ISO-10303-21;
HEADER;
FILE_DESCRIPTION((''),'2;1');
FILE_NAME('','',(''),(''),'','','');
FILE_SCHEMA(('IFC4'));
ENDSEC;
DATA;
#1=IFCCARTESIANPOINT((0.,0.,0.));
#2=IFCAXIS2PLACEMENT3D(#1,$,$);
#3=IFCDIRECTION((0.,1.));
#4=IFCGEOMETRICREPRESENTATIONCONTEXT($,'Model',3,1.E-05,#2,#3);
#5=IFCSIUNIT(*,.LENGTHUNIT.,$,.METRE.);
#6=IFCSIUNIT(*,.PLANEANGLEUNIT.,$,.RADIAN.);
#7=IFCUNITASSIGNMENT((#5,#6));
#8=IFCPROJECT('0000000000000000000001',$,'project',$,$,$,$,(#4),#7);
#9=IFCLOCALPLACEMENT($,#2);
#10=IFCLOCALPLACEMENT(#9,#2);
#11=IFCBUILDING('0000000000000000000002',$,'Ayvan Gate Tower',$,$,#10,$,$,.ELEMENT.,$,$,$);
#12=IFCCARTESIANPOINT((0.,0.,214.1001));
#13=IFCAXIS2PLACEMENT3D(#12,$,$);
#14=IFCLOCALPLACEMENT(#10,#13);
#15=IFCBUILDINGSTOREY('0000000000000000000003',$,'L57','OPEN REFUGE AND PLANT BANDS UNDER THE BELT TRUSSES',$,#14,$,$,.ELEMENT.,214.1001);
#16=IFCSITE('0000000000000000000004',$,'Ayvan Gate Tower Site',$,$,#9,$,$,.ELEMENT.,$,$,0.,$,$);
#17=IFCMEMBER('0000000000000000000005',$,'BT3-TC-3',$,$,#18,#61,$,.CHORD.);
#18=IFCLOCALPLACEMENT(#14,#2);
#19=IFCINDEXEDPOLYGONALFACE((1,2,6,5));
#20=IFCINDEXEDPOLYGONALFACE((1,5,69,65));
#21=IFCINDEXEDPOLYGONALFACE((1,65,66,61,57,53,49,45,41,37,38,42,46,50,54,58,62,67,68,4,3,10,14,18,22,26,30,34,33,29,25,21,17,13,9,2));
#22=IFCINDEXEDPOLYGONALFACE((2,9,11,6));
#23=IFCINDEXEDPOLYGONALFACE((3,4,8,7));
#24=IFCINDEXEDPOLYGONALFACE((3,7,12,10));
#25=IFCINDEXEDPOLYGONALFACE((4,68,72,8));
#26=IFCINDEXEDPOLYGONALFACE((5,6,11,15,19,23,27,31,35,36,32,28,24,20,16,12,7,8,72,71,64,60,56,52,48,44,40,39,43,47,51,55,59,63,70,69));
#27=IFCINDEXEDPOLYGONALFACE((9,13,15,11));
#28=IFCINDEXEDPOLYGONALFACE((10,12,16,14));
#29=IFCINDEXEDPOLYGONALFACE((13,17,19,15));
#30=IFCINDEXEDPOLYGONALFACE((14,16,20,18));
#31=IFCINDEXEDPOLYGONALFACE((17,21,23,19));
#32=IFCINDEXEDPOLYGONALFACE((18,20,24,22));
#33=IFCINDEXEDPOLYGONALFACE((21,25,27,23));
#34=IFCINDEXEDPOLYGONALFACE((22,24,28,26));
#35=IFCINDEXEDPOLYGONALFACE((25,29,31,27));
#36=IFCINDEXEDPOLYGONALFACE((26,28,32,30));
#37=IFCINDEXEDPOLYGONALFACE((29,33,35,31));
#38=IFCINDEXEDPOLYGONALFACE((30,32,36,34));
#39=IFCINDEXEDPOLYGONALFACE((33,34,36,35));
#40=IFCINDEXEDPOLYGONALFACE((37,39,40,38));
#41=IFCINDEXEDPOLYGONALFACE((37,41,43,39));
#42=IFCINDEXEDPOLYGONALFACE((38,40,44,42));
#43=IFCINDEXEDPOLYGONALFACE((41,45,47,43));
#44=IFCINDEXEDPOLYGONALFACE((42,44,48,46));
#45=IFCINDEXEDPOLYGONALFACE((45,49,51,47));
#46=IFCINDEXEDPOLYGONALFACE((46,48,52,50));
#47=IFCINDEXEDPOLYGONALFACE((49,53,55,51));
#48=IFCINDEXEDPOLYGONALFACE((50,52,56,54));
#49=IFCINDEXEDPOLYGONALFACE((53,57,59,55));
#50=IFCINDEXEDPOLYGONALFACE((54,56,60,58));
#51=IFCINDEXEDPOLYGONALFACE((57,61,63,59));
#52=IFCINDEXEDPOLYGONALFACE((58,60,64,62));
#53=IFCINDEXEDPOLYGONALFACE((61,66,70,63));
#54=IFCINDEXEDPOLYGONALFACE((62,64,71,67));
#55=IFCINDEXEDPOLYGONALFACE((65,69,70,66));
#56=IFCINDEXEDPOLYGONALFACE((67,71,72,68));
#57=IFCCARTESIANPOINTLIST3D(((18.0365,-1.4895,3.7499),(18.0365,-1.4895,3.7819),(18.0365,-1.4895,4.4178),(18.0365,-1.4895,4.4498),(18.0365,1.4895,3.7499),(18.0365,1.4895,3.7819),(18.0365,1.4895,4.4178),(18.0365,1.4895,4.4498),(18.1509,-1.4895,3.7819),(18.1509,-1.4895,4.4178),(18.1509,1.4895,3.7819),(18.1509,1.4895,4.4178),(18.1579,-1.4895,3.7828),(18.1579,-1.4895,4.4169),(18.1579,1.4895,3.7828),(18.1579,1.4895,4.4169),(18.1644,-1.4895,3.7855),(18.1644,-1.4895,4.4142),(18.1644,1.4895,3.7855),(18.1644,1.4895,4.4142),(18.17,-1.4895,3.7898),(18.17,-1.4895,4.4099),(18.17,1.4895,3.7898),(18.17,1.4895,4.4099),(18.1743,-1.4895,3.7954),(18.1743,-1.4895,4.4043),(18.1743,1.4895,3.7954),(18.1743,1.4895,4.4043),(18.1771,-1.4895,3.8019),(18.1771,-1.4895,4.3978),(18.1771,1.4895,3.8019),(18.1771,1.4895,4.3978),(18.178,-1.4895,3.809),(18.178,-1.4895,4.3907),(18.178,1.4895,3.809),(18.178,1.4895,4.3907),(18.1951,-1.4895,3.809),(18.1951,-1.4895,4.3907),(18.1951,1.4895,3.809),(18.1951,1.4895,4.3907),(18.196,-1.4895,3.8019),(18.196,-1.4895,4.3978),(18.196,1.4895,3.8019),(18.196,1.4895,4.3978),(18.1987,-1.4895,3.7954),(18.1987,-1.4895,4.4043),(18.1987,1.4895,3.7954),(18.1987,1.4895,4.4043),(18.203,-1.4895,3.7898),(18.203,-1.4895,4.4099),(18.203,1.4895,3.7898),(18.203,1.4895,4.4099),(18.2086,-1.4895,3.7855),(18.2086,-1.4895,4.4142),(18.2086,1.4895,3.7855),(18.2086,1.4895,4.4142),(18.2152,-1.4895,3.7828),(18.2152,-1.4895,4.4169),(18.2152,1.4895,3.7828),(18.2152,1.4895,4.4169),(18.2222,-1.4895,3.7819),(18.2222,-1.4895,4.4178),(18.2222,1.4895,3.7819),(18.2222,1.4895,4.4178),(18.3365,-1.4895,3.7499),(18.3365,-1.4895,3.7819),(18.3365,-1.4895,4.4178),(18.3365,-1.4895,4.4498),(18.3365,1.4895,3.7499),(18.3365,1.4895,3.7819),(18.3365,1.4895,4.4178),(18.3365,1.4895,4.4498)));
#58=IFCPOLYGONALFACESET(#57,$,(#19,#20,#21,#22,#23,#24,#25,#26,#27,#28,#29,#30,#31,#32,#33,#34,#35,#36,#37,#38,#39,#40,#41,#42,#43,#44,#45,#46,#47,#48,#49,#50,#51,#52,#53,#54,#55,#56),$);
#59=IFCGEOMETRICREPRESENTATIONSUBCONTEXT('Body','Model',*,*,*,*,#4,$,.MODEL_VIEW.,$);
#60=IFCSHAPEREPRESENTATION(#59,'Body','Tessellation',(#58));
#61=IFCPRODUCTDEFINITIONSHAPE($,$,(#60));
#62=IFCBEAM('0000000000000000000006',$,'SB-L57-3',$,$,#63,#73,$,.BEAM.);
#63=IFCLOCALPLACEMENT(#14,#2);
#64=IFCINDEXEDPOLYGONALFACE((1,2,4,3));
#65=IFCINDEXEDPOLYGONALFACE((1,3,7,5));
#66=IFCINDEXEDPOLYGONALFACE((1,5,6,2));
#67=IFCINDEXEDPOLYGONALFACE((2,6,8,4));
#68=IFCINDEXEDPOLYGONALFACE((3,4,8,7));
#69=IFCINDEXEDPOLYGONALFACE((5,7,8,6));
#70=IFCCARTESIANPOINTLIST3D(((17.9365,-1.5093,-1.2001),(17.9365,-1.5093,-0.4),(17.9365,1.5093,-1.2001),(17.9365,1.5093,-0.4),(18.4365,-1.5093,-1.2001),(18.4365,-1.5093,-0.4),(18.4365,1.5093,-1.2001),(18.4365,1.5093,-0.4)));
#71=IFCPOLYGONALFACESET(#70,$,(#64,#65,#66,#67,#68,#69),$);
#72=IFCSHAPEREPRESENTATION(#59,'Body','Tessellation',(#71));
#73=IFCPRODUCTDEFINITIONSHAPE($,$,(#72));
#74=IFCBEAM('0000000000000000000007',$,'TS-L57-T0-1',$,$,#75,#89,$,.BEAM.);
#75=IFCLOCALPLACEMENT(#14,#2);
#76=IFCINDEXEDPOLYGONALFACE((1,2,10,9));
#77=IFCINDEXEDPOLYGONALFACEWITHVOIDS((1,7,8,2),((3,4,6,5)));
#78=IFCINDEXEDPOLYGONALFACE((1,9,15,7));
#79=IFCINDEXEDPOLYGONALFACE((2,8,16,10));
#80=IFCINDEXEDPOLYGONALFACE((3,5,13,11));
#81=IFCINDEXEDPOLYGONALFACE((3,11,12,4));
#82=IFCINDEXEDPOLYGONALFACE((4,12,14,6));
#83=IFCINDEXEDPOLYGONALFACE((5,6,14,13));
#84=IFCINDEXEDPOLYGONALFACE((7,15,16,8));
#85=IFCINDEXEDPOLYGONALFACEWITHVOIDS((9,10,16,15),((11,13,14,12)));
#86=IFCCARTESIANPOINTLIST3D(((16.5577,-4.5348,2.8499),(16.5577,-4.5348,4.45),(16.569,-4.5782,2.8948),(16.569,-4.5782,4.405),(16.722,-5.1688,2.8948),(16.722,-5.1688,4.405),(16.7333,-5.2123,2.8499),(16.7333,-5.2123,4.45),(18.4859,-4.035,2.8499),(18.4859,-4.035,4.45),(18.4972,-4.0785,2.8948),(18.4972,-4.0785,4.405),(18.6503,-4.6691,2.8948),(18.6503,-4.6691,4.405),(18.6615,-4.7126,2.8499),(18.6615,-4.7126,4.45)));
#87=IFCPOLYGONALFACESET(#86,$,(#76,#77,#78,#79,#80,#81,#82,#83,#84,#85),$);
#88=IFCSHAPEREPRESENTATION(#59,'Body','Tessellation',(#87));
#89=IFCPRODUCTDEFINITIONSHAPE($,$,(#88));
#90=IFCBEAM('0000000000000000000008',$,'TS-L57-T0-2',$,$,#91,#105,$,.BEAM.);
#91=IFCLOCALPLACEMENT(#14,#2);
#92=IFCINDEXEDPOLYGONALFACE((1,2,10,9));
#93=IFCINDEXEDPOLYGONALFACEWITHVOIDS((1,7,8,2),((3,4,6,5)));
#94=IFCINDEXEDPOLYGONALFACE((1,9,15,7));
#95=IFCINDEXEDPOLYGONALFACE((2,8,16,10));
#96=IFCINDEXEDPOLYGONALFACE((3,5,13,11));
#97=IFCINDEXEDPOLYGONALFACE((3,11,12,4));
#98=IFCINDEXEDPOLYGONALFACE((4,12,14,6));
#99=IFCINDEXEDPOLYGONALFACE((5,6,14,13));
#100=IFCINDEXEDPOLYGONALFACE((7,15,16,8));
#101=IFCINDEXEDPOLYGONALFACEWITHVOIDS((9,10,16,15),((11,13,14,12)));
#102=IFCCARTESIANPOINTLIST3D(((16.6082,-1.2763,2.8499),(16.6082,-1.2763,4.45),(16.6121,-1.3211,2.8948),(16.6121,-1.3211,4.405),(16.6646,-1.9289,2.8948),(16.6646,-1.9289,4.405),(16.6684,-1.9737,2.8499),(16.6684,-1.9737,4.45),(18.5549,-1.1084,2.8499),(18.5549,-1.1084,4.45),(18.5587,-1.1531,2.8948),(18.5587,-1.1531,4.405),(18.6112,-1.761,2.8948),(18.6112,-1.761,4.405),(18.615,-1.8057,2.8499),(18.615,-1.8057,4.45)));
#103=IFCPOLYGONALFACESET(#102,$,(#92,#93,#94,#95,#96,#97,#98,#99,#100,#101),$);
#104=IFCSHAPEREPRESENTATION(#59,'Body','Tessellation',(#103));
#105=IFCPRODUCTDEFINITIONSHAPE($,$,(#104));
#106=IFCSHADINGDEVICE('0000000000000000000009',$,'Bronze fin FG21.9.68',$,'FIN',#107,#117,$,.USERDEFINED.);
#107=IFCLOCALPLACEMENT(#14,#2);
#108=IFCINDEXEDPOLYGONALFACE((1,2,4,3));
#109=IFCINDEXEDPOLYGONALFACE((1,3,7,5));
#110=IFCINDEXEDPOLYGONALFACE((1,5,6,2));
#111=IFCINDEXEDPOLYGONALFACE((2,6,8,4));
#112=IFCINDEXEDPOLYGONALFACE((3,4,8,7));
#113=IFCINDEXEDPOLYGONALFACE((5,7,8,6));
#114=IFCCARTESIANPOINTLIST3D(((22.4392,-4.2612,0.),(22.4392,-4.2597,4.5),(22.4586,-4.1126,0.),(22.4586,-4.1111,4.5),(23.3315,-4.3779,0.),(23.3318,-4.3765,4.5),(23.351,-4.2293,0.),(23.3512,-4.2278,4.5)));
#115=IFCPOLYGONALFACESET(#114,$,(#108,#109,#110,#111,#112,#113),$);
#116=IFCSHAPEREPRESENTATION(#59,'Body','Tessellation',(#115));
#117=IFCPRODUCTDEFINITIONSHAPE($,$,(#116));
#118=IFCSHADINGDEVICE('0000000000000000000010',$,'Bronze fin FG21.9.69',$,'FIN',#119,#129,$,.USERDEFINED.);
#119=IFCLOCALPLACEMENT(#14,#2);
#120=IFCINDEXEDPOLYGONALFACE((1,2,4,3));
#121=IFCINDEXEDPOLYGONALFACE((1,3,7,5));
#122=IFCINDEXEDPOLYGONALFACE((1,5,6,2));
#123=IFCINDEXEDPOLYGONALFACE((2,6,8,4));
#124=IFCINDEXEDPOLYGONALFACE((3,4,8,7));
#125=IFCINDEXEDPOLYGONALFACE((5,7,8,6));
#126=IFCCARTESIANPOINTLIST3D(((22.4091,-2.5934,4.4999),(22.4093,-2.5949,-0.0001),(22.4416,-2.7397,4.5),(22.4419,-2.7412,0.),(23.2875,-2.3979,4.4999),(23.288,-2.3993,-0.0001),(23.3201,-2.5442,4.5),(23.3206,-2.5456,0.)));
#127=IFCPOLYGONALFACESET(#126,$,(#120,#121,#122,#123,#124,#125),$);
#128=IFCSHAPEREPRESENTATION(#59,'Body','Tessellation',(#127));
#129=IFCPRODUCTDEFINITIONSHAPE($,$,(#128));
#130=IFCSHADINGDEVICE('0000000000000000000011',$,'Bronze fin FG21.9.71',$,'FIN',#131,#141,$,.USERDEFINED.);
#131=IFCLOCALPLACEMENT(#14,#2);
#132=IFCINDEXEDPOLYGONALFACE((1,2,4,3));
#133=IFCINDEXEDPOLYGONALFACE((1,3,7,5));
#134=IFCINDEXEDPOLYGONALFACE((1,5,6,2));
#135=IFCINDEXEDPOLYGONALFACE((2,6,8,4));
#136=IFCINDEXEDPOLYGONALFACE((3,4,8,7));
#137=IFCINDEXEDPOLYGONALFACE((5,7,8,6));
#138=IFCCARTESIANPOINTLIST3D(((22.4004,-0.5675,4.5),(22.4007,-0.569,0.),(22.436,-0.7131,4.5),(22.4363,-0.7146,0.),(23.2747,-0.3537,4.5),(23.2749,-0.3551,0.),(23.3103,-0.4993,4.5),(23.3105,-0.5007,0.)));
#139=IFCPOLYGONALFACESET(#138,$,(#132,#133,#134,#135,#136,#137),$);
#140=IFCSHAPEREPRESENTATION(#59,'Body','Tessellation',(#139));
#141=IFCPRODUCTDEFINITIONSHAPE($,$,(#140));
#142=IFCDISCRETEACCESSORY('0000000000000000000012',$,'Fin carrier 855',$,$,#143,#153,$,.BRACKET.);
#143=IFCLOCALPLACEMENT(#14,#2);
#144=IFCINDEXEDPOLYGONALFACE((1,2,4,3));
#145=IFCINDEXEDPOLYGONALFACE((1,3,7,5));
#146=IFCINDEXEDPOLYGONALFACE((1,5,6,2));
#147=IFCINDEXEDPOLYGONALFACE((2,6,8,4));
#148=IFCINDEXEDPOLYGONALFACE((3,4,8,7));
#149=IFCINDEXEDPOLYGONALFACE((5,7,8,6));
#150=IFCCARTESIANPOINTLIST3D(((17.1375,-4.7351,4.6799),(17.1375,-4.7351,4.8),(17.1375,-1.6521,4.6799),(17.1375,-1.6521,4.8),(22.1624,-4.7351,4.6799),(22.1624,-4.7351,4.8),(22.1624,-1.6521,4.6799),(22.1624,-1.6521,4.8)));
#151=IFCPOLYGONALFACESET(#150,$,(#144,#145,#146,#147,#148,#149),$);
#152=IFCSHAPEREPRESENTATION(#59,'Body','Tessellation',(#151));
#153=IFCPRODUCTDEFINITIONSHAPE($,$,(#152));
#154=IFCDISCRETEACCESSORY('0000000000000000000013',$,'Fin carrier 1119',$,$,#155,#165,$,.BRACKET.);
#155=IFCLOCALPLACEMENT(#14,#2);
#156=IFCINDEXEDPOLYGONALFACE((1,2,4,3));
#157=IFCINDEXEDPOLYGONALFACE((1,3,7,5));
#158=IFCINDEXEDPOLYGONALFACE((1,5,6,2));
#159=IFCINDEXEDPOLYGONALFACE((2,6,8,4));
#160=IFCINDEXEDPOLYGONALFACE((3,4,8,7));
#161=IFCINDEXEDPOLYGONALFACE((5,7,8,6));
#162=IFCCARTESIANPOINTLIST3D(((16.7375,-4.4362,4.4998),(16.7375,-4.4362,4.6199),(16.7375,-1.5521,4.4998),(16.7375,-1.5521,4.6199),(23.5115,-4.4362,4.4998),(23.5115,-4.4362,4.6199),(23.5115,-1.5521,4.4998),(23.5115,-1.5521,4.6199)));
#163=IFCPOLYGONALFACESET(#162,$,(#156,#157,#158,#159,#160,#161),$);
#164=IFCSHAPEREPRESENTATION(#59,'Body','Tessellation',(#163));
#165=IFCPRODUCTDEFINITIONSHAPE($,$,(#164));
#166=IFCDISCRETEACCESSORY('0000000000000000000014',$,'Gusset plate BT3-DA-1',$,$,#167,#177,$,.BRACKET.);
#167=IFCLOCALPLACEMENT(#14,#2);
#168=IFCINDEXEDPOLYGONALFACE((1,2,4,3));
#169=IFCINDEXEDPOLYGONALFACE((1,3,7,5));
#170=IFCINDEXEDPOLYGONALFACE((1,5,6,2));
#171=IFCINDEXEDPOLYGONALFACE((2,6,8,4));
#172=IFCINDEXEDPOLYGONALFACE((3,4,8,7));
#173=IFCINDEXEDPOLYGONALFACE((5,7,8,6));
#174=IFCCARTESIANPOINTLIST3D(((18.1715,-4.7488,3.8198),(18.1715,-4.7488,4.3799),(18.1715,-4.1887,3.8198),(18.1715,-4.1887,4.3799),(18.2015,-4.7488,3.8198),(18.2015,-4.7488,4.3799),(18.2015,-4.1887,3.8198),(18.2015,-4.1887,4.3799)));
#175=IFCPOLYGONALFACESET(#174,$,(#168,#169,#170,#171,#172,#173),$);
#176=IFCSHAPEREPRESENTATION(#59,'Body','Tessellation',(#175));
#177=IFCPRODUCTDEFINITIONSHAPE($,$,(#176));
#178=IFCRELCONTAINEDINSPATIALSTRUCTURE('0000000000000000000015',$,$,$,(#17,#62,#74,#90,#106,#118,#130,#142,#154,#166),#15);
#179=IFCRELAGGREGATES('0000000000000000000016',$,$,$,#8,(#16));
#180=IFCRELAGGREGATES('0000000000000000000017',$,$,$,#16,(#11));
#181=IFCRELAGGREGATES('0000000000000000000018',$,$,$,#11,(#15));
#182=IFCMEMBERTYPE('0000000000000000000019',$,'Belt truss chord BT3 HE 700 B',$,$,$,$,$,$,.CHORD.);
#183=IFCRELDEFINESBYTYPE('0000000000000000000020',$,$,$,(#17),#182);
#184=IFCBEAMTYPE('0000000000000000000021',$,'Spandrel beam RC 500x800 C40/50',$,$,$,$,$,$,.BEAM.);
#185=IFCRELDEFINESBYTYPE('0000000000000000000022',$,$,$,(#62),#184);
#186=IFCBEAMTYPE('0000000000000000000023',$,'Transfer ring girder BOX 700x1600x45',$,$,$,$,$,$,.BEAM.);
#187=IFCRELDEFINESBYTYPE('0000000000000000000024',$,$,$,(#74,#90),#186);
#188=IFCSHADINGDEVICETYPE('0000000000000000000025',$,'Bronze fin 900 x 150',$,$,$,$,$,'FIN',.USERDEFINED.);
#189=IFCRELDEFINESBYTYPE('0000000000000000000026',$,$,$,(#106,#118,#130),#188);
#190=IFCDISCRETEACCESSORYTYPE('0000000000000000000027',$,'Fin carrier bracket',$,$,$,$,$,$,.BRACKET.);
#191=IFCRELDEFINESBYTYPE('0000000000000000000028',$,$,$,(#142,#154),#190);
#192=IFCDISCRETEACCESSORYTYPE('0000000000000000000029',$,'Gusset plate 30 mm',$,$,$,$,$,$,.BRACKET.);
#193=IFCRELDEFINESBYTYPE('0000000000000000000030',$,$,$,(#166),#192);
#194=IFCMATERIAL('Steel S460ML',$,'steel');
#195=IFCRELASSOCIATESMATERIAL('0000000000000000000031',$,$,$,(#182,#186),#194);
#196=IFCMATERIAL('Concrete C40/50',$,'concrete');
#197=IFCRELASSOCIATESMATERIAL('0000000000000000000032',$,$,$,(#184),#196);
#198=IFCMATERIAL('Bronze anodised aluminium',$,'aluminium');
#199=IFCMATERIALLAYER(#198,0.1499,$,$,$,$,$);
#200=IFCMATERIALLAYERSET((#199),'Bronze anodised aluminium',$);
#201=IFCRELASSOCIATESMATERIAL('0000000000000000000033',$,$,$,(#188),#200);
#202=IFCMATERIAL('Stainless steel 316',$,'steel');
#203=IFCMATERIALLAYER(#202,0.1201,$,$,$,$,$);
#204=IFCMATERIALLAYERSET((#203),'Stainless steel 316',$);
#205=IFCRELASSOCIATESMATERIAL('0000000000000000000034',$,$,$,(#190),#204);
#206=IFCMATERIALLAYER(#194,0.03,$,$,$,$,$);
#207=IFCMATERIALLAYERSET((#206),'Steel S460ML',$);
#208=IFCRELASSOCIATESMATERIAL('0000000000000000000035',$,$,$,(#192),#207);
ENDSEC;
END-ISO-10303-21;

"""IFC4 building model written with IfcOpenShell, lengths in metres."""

from ifc_helpers import new_model, si_unit, direction, frame, origin, origin_2d, place, context, subcontext, project, spatial, polyline, rectangle, hollow_rectangle, i_section, outline, extrude, material, layer, layer_set, material_profile, profile_set, type_object, element, save


model = new_model("IFC4")

# Units and contexts
model_context = context("Model", 3, precision=1e-05, world=origin(), true_north=direction((0.0, 1.0)))
body_context = subcontext(model_context, "Body", "Model", "MODEL_VIEW")
ifc_project = project(units=[si_unit("LENGTHUNIT", "METRE"), si_unit("PLANEANGLEUNIT", "RADIAN")], contexts=[model_context])

# Site, building, storey
site_placement = place(None, origin())
site = spatial("IfcSite", under=ifc_project, at=site_placement, Name="Ayvan Gate Tower Site", CompositionType="ELEMENT", RefElevation=0.0)
building_placement = place(site_placement, origin())
building = spatial("IfcBuilding", under=site, at=building_placement, Name="Ayvan Gate Tower", CompositionType="ELEMENT")
storey_placement = place(building_placement, frame((0.0, 0.0, 214.1001)))
storey = spatial("IfcBuildingStorey", under=building, at=storey_placement, Name="L57", Description="OPEN REFUGE AND PLANT BANDS UNDER THE BELT TRUSSES", CompositionType="ELEMENT", Elevation=214.1001)

# Member
ifc_material_1 = material(Name="Steel S460ML", Category="steel")
ifc_material_profile_1 = material_profile(ifc_material_1, i_section(OverallWidth=0.3, OverallDepth=0.7, WebThickness=0.0171, FlangeThickness=0.032, FilletRadius=0.0271, at=origin_2d()), Name="HE 700 B")
ifc_profile_set_1 = profile_set([ifc_material_profile_1], Name="Steel S460ML")
member_type_1 = type_object("IfcMemberType", Name="Belt truss chord BT3 HE 700 B", PredefinedType="CHORD", material=ifc_profile_set_1)
member_1_placement = place(storey_placement, frame((18.1865, -1.4895, 4.0999), z_axis=(0.0, 1.0, 0.0), x_axis=(-1.0, 0.0, 0.0)))
element("IfcMember", 1, at=member_1_placement, inside=storey, type_object=member_type_1, Name="BT3-TC-3", PredefinedType="CHORD", context=body_context, shape_type="SweptSolid", body=[
    extrude(i_section(OverallWidth=0.3, OverallDepth=0.7, WebThickness=0.0171, FlangeThickness=0.032, FilletRadius=0.0271, at=origin_2d()), origin(), (0.0, 0.0, 1.0), 2.979),
])

# Beams
ifc_material_2 = material(Name="Concrete C40/50", Category="concrete")
ifc_material_profile_2 = material_profile(ifc_material_2, rectangle(XDim=0.5, YDim=0.8, at=origin_2d()), Name="RC 500x800")
ifc_profile_set_2 = profile_set([ifc_material_profile_2], Name="Concrete C40/50")
beam_type_1 = type_object("IfcBeamType", Name="Spandrel beam RC 500x800 C40/50", PredefinedType="BEAM", material=ifc_profile_set_2)
beam_1_placement = place(storey_placement, frame((18.1865, -1.5093, -0.8), z_axis=(0.0, 1.0, 0.0), x_axis=(-1.0, 0.0, 0.0)))
element("IfcBeam", 2, at=beam_1_placement, inside=storey, type_object=beam_type_1, Name="SB-L57-3", PredefinedType="BEAM", context=body_context, shape_type="SweptSolid", body=[
    extrude(rectangle(XDim=0.5, YDim=0.8, at=origin_2d()), origin(), (0.0, 0.0, 1.0), 3.0186),
])
ifc_material_profile_3 = material_profile(ifc_material_1, hollow_rectangle(XDim=0.7, YDim=1.6001, WallThickness=0.0449, at=origin_2d()), Name="BOX 700x1600x45")
ifc_profile_set_3 = profile_set([ifc_material_profile_3], Name="Steel S460ML")
beam_type_2 = type_object("IfcBeamType", Name="Transfer ring girder BOX 700x1600x45", PredefinedType="BEAM", material=ifc_profile_set_3)
beam_2_placement = place(storey_placement, frame((18.5737, -4.3738, 3.6499), z_axis=(-0.968016, -0.25089, 0.0), x_axis=(0.25089, -0.968016, 0.0)))
element("IfcBeam", 3, at=beam_2_placement, inside=storey, type_object=beam_type_2, Name="TS-L57-T0-1", PredefinedType="BEAM", context=body_context, shape_type="SweptSolid", body=[
    extrude(hollow_rectangle(XDim=0.7, YDim=1.6001, WallThickness=0.0449, at=origin_2d()), origin(), (0.0, 0.0, 1.0), 1.9919),
])
beam_3_placement = place(storey_placement, frame((18.585, -1.457, 3.6499), z_axis=(-0.996298, -0.085972, 0.0), x_axis=(0.085972, -0.996298, 0.0)))
element("IfcBeam", 4, at=beam_3_placement, inside=storey, type_object=beam_type_2, Name="TS-L57-T0-2", PredefinedType="BEAM", context=body_context, shape_type="SweptSolid", body=[
    extrude(hollow_rectangle(XDim=0.7, YDim=1.6001, WallThickness=0.0449, at=origin_2d()), origin(), (0.0, 0.0, 1.0), 1.9539),
])

# Shading devices
ifc_material_3 = material(Name="Bronze anodised aluminium", Category="aluminium")
ifc_layer_1 = layer(ifc_material_3, 0.1499)
ifc_layer_set_1 = layer_set([ifc_layer_1], Name="Bronze anodised aluminium")
shading_device_type = type_object("IfcShadingDeviceType", Name="Bronze fin 900 x 150", ElementType="FIN", PredefinedType="USERDEFINED", material=ifc_layer_set_1)
shading_device_1_placement = place(storey_placement, frame((22.4392, -4.2612, 0.0), z_axis=(-0.129658, -0.991559, 0.000326), x_axis=(0.991559, -0.129658, 0.0)))
element("IfcShadingDevice", 5, at=shading_device_1_placement, inside=storey, type_object=shading_device_type, Name="Bronze fin FG21.9.68", ObjectType="FIN", PredefinedType="USERDEFINED", context=body_context, shape_type="SweptSolid", body=[
    extrude(outline(polyline([(0.0, 0.0), (0.8999, 0.0), (0.9, 4.5), (-0.0002, 4.5), (0.0, 0.0)])), origin(), (0.0, 0.0, -1.0), 0.1499),
])
shading_device_2_placement = place(storey_placement, frame((22.4419, -2.7412, 0.0), z_axis=(0.217275, -0.97611, 0.000335), x_axis=(0.97611, 0.217275, 0.0)))
element("IfcShadingDevice", 6, at=shading_device_2_placement, inside=storey, type_object=shading_device_type, Name="Bronze fin FG21.9.69", ObjectType="FIN", PredefinedType="USERDEFINED", context=body_context, shape_type="SweptSolid", body=[
    extrude(outline(polyline([(0.0, 0.0), (0.9002, 0.0), (0.9, 4.5), (0.0001, 4.5), (0.0, 0.0)])), origin(), (0.0, 0.0, -1.0), 0.1499),
])
shading_device_3_placement = place(storey_placement, frame((22.4363, -0.7146, 0.0), z_axis=(0.237618, -0.971359, 0.000329), x_axis=(0.971359, 0.237618, 0.0)))
element("IfcShadingDevice", 7, at=shading_device_3_placement, inside=storey, type_object=shading_device_type, Name="Bronze fin FG21.9.71", ObjectType="FIN", PredefinedType="USERDEFINED", context=body_context, shape_type="SweptSolid", body=[
    extrude(outline(polyline([(0.0, 0.0), (0.9, 0.0), (0.9002, 4.5), (0.0001, 4.5), (0.0, 0.0)])), origin(), (0.0, 0.0, -1.0), 0.1499),
])

# Discrete accessories
ifc_material_4 = material(Name="Stainless steel 316", Category="steel")
ifc_layer_2 = layer(ifc_material_4, 0.1201)
ifc_layer_set_2 = layer_set([ifc_layer_2], Name="Stainless steel 316")
discrete_accessory_type_1 = type_object("IfcDiscreteAccessoryType", Name="Fin carrier bracket", PredefinedType="BRACKET", material=ifc_layer_set_2)
discrete_accessory_1_placement = place(storey_placement, frame((19.6499, -3.1936, 4.6799), z_axis=(0.0, 0.0, 1.0), x_axis=(0.0, 1.0, 0.0)))
element("IfcDiscreteAccessory", 8, at=discrete_accessory_1_placement, inside=storey, type_object=discrete_accessory_type_1, Name="Fin carrier 855", PredefinedType="BRACKET", context=body_context, shape_type="SweptSolid", body=[
    extrude(rectangle(XDim=3.083, YDim=5.0249, at=origin_2d()), origin(), (0.0, 0.0, 1.0), 0.1201),
])
discrete_accessory_2_placement = place(storey_placement, frame((20.1245, -2.9941, 4.4998), z_axis=(0.0, 0.0, 1.0), x_axis=(0.0, 1.0, 0.0)))
element("IfcDiscreteAccessory", 9, at=discrete_accessory_2_placement, inside=storey, type_object=discrete_accessory_type_1, Name="Fin carrier 1119", PredefinedType="BRACKET", context=body_context, shape_type="SweptSolid", body=[
    extrude(rectangle(XDim=2.884, YDim=6.7739, at=origin_2d()), origin(), (0.0, 0.0, 1.0), 0.1201),
])
ifc_layer_3 = layer(ifc_material_1, 0.03)
ifc_layer_set_3 = layer_set([ifc_layer_3], Name="Steel S460ML")
discrete_accessory_type_2 = type_object("IfcDiscreteAccessoryType", Name="Gusset plate 30 mm", PredefinedType="BRACKET", material=ifc_layer_set_3)
for number, where, z_axis, x_axis, name in (
    (10, (18.1865, -4.4688, 3.8198), (0.0, 0.0, 1.0), (0.0, 1.0, 0.0), "Gusset plate BT3-DA-1"),
):
    element("IfcDiscreteAccessory", number, at=place(storey_placement, frame(where, z_axis=z_axis, x_axis=x_axis)), inside=storey, type_object=discrete_accessory_type_2, Name=name, PredefinedType="BRACKET", context=body_context, shape_type="SweptSolid", body=[
        extrude(rectangle(XDim=0.5601, YDim=0.03, at=origin_2d()), origin(), (0.0, 0.0, 1.0), 0.5601),
    ])

save(model, "model.ifc")
